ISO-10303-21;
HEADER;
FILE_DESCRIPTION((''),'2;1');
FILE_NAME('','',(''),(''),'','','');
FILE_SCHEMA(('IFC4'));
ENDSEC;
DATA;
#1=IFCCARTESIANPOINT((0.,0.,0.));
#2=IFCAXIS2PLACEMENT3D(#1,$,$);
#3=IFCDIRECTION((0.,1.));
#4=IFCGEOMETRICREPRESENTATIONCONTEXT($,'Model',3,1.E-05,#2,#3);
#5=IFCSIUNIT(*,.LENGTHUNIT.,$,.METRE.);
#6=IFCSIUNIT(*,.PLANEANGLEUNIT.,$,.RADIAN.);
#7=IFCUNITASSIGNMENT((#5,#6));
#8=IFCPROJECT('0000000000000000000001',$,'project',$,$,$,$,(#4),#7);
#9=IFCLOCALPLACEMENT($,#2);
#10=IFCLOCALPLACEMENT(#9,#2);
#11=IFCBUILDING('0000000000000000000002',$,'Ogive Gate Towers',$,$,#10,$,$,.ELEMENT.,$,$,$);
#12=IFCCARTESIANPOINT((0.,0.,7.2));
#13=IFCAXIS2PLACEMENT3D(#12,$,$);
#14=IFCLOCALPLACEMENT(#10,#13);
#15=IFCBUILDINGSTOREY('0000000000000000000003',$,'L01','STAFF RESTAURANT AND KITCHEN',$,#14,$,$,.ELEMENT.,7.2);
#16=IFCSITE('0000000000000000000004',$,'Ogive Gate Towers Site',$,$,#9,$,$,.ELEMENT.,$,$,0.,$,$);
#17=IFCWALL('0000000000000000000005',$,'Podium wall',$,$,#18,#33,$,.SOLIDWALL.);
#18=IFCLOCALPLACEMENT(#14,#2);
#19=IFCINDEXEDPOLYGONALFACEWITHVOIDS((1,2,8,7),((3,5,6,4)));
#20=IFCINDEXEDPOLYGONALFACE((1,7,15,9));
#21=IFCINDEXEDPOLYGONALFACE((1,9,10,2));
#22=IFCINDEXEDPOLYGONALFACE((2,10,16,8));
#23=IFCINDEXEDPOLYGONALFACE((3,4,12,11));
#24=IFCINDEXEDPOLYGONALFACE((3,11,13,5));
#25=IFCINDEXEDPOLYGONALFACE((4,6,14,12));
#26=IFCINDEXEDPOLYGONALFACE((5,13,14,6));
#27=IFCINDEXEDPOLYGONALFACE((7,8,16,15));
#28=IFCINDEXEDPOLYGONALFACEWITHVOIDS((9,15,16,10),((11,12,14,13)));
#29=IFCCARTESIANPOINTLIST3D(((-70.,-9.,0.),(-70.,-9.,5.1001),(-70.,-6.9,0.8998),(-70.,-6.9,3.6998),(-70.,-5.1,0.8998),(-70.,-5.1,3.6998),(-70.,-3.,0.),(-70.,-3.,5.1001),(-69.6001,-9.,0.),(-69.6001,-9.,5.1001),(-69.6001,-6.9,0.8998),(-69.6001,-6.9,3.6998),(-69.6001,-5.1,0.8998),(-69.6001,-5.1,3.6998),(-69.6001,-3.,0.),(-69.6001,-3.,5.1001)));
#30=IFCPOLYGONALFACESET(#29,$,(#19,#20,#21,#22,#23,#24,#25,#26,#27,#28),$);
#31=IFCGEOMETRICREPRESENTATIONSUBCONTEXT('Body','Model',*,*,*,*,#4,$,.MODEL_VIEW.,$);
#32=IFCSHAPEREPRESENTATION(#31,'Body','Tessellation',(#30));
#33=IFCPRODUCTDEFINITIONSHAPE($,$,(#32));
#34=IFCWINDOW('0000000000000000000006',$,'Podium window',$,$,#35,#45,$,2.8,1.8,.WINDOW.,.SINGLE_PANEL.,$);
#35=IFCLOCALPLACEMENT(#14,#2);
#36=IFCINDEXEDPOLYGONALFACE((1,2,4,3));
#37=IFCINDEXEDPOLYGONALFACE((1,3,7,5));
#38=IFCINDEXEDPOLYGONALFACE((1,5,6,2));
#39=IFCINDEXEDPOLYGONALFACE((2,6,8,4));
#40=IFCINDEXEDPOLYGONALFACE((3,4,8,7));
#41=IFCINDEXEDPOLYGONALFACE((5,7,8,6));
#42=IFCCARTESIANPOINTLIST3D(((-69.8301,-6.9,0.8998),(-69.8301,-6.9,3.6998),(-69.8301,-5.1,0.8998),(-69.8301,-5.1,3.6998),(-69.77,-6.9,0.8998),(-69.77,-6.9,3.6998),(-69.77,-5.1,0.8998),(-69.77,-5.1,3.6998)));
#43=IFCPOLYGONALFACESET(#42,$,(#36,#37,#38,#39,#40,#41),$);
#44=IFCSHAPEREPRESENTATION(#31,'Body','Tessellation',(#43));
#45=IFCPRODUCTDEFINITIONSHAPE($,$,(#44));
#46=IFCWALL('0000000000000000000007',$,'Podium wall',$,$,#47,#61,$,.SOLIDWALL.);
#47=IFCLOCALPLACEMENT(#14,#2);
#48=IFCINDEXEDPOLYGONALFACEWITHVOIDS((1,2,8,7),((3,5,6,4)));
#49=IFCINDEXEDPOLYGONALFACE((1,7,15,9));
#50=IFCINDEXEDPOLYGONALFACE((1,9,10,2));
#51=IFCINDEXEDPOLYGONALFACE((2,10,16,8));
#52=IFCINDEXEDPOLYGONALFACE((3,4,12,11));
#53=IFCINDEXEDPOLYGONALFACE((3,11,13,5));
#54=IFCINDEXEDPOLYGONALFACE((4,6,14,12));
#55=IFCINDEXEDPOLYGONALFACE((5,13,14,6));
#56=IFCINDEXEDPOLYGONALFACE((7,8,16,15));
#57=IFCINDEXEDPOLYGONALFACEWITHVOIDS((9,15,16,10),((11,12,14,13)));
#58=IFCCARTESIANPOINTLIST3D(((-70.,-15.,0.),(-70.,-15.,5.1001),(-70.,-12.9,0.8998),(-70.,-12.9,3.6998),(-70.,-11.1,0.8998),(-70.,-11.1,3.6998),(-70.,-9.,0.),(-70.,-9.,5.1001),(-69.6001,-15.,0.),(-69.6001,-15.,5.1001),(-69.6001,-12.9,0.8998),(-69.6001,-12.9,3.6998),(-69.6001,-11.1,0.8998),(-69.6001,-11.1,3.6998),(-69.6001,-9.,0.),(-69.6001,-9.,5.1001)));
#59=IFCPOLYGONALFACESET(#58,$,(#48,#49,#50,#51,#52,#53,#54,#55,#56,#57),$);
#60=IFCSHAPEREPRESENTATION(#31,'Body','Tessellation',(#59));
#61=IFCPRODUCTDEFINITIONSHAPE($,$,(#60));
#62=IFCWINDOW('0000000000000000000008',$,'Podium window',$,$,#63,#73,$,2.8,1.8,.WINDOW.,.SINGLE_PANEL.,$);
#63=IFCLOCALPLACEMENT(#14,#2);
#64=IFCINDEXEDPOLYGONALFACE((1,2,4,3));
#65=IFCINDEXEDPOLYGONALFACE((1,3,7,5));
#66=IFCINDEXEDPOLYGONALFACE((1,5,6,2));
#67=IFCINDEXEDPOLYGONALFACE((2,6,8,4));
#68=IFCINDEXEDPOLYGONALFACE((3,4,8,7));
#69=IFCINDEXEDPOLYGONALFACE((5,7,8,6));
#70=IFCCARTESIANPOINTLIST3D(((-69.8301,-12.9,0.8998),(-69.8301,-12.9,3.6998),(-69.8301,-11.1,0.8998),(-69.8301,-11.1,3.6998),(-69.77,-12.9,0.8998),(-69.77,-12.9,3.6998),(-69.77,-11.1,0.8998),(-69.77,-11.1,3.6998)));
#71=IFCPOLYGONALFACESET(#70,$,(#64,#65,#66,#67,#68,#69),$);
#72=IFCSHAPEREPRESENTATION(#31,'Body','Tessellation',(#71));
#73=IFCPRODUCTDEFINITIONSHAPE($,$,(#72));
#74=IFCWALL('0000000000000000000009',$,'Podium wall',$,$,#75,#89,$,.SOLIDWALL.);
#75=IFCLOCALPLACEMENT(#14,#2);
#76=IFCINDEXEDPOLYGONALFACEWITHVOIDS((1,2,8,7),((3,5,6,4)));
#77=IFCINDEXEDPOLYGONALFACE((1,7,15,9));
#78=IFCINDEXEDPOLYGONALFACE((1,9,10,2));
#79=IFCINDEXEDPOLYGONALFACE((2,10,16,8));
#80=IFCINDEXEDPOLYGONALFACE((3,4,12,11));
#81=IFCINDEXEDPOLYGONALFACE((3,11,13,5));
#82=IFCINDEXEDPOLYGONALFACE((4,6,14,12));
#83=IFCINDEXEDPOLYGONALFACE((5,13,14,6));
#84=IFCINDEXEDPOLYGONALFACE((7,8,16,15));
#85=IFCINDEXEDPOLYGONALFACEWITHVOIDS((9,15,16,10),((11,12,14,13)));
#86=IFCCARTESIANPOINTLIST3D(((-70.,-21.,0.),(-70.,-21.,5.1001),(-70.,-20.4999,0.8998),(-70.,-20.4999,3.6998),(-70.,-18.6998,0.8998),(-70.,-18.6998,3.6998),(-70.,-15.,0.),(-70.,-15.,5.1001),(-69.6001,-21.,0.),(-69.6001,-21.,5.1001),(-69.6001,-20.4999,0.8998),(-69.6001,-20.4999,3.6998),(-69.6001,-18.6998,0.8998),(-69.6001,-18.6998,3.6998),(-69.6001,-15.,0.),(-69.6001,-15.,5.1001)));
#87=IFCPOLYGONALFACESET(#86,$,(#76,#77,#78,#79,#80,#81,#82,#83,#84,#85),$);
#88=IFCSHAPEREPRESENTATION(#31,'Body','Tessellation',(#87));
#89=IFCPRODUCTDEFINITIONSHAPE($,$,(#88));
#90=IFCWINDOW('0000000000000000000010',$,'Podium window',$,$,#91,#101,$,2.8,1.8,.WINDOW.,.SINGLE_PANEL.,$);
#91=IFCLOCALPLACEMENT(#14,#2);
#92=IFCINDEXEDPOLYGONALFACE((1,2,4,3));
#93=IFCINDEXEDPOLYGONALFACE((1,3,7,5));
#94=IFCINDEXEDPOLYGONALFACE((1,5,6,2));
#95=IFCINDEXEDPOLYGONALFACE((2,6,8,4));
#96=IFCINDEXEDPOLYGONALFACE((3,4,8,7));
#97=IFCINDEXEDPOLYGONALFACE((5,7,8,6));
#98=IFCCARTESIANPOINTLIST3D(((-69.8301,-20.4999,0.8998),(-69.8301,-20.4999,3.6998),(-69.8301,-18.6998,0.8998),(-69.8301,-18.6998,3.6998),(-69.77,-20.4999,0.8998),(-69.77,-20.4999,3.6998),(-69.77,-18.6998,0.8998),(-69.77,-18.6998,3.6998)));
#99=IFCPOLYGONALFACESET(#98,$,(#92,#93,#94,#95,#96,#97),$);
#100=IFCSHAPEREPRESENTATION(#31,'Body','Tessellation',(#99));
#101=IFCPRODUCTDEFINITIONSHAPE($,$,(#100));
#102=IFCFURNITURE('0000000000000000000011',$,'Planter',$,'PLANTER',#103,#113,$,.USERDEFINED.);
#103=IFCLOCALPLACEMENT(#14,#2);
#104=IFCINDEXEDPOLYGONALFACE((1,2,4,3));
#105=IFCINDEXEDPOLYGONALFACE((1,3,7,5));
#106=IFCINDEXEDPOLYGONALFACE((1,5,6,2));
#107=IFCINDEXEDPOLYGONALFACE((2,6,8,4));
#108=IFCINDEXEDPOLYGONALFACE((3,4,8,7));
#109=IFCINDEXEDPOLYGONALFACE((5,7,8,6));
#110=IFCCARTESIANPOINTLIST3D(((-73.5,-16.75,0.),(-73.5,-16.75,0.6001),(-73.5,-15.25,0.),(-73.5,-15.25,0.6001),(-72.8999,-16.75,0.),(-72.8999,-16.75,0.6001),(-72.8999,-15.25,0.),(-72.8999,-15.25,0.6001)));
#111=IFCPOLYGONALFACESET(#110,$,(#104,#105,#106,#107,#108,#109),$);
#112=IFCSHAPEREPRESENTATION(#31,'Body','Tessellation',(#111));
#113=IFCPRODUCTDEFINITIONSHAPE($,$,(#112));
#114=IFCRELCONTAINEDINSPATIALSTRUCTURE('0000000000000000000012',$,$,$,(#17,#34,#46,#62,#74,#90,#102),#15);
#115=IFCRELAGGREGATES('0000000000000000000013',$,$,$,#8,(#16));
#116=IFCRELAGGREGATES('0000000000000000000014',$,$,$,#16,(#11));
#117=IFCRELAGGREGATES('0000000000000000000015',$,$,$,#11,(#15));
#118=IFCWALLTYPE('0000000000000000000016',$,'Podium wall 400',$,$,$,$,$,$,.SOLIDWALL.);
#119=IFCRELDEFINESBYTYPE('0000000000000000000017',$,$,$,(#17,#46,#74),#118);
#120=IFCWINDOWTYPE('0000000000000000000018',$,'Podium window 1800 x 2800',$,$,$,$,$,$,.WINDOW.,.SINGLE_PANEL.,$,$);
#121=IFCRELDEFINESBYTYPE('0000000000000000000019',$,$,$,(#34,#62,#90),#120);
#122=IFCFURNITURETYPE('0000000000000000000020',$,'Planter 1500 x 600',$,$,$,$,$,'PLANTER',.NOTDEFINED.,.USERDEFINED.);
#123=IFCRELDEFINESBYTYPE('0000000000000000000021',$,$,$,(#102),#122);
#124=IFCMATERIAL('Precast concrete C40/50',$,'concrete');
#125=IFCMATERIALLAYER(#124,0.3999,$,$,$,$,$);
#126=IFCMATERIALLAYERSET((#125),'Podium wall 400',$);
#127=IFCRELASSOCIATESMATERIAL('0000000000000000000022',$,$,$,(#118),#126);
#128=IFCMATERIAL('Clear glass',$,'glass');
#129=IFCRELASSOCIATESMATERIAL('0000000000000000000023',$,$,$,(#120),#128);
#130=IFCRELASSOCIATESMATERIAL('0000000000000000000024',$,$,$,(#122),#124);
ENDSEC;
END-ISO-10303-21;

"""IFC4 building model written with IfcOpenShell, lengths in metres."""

from ifc_helpers import new_model, si_unit, direction, frame, frame_2d, origin, origin_2d, place, context, subcontext, project, spatial, rectangle, extrude, material, layer, layer_set, type_object, element, fill, save


model = new_model("IFC4")

# Units and contexts
model_context = context("Model", 3, precision=1e-05, world=origin(), true_north=direction((0.0, 1.0)))
body_context = subcontext(model_context, "Body", "Model", "MODEL_VIEW")
ifc_project = project(units=[si_unit("LENGTHUNIT", "METRE"), si_unit("PLANEANGLEUNIT", "RADIAN")], contexts=[model_context])

# Site, building, storey
site_placement = place(None, origin())
site = spatial("IfcSite", under=ifc_project, at=site_placement, Name="Ogive Gate Towers Site", CompositionType="ELEMENT", RefElevation=0.0)
building_placement = place(site_placement, origin())
building = spatial("IfcBuilding", under=site, at=building_placement, Name="Ogive Gate Towers", CompositionType="ELEMENT")
storey_placement = place(building_placement, frame((0.0, 0.0, 7.2)))
storey = spatial("IfcBuildingStorey", under=building, at=storey_placement, Name="L01", Description="STAFF RESTAURANT AND KITCHEN", CompositionType="ELEMENT", Elevation=7.2)

# Walls, openings, windows
ifc_material_1 = material(Name="Precast concrete C40/50", Category="concrete")
ifc_layer_1 = layer(ifc_material_1, 0.3999)
ifc_layer_set_1 = layer_set([ifc_layer_1], Name="Podium wall 400")
wall_type_1 = type_object("IfcWallType", Name="Podium wall 400", PredefinedType="SOLIDWALL", material=ifc_layer_set_1)
wall_1_placement = place(storey_placement, frame((-69.8, -3.0, 0.0), z_axis=(0.0, 0.0, 1.0), x_axis=(0.0, -1.0, 0.0)))
wall_1 = element("IfcWall", 1, at=wall_1_placement, inside=storey, type_object=wall_type_1, Name="Podium wall", PredefinedType="SOLIDWALL", context=body_context, shape_type="SweptSolid", body=[
    extrude(rectangle(XDim=6.0, YDim=0.3999, at=frame_2d((3.0, 0.0))), origin(), (0.0, 0.0, 1.0), 5.1001),
])
opening_1_placement = place(wall_1_placement, frame((2.1001, 0.0, 0.8999)))
opening_1 = element("IfcOpeningElement", 2, at=opening_1_placement, cuts=wall_1, PredefinedType="OPENING", context=body_context, shape_type="SweptSolid", body=[
    extrude(rectangle(XDim=1.8, YDim=2.8, at=frame_2d((0.8999, 1.3999))), frame((0.0, 0.21, 0.0), z_axis=(0.0, -1.0, 0.0), x_axis=(1.0, 0.0, 0.0)), (0.0, 0.0, 1.0), 0.4199),
])
ifc_material_2 = material(Name="Clear glass", Category="glass")
window_type = type_object("IfcWindowType", Name="Podium window 1800 x 2800", PartitioningType="SINGLE_PANEL", PredefinedType="WINDOW", material=ifc_material_2)
window_1_placement = place(opening_1_placement, origin())
window_1 = element("IfcWindow", 3, at=window_1_placement, inside=storey, type_object=window_type, Name="Podium window", OverallHeight=2.8, OverallWidth=1.8, PartitioningType="SINGLE_PANEL", PredefinedType="WINDOW", context=body_context, shape_type="SweptSolid", body=[
    extrude(rectangle(XDim=1.8, YDim=2.8, at=frame_2d((0.8999, 1.3999))), frame((0.0, 0.03, 0.0), z_axis=(0.0, -1.0, 0.0), x_axis=(1.0, 0.0, 0.0)), (0.0, 0.0, 1.0), 0.0601),
])
fill(opening_1, window_1)
wall_2_placement = place(storey_placement, frame((-69.8, -9.0, 0.0), z_axis=(0.0, 0.0, 1.0), x_axis=(0.0, -1.0, 0.0)))
wall_2 = element("IfcWall", 4, at=wall_2_placement, inside=storey, type_object=wall_type_1, Name="Podium wall", PredefinedType="SOLIDWALL", context=body_context, shape_type="SweptSolid", body=[
    extrude(rectangle(XDim=6.0, YDim=0.3999, at=frame_2d((3.0, 0.0))), origin(), (0.0, 0.0, 1.0), 5.1001),
])
opening_2_placement = place(wall_2_placement, frame((2.1001, 0.0, 0.8999)))
opening_2 = element("IfcOpeningElement", 5, at=opening_2_placement, cuts=wall_2, PredefinedType="OPENING", context=body_context, shape_type="SweptSolid", body=[
    extrude(rectangle(XDim=1.8, YDim=2.8, at=frame_2d((0.8999, 1.3999))), frame((0.0, 0.21, 0.0), z_axis=(0.0, -1.0, 0.0), x_axis=(1.0, 0.0, 0.0)), (0.0, 0.0, 1.0), 0.4199),
])
window_2_placement = place(opening_2_placement, origin())
window_2 = element("IfcWindow", 6, at=window_2_placement, inside=storey, type_object=window_type, Name="Podium window", OverallHeight=2.8, OverallWidth=1.8, PartitioningType="SINGLE_PANEL", PredefinedType="WINDOW", context=body_context, shape_type="SweptSolid", body=[
    extrude(rectangle(XDim=1.8, YDim=2.8, at=frame_2d((0.8999, 1.3999))), frame((0.0, 0.03, 0.0), z_axis=(0.0, -1.0, 0.0), x_axis=(1.0, 0.0, 0.0)), (0.0, 0.0, 1.0), 0.0601),
])
fill(opening_2, window_2)
wall_3_placement = place(storey_placement, frame((-69.8, -15.0, 0.0), z_axis=(0.0, 0.0, 1.0), x_axis=(0.0, -1.0, 0.0)))
wall_3 = element("IfcWall", 7, at=wall_3_placement, inside=storey, type_object=wall_type_1, Name="Podium wall", PredefinedType="SOLIDWALL", context=body_context, shape_type="SweptSolid", body=[
    extrude(rectangle(XDim=6.0, YDim=0.3999, at=frame_2d((3.0, 0.0))), origin(), (0.0, 0.0, 1.0), 5.1001),
])
opening_3_placement = place(wall_3_placement, frame((3.7, 0.0, 0.8999)))
opening_3 = element("IfcOpeningElement", 8, at=opening_3_placement, cuts=wall_3, PredefinedType="OPENING", context=body_context, shape_type="SweptSolid", body=[
    extrude(rectangle(XDim=1.8, YDim=2.8, at=frame_2d((0.8999, 1.3999))), frame((0.0, 0.21, 0.0), z_axis=(0.0, -1.0, 0.0), x_axis=(1.0, 0.0, 0.0)), (0.0, 0.0, 1.0), 0.4199),
])
window_3_placement = place(opening_3_placement, origin())
window_3 = element("IfcWindow", 9, at=window_3_placement, inside=storey, type_object=window_type, Name="Podium window", OverallHeight=2.8, OverallWidth=1.8, PartitioningType="SINGLE_PANEL", PredefinedType="WINDOW", context=body_context, shape_type="SweptSolid", body=[
    extrude(rectangle(XDim=1.8, YDim=2.8, at=frame_2d((0.8999, 1.3999))), frame((0.0, 0.03, 0.0), z_axis=(0.0, -1.0, 0.0), x_axis=(1.0, 0.0, 0.0)), (0.0, 0.0, 1.0), 0.0601),
])
fill(opening_3, window_3)

# Furniture
furniture_type = type_object("IfcFurnitureType", Name="Planter 1500 x 600", ElementType="PLANTER", AssemblyPlace="NOTDEFINED", PredefinedType="USERDEFINED", material=ifc_material_1)
furniture_placement = place(storey_placement, frame((-73.2, -16.0, 0.0), z_axis=(0.0, 0.0, 1.0), x_axis=(0.0, -1.0, 0.0)))
element("IfcFurniture", 10, at=furniture_placement, inside=storey, type_object=furniture_type, Name="Planter", ObjectType="PLANTER", PredefinedType="USERDEFINED", context=body_context, shape_type="SweptSolid", body=[
    extrude(rectangle(XDim=1.5, YDim=0.6001, at=origin_2d()), origin(), (0.0, 0.0, 1.0), 0.6001),
])

save(model, "model.ifc")
